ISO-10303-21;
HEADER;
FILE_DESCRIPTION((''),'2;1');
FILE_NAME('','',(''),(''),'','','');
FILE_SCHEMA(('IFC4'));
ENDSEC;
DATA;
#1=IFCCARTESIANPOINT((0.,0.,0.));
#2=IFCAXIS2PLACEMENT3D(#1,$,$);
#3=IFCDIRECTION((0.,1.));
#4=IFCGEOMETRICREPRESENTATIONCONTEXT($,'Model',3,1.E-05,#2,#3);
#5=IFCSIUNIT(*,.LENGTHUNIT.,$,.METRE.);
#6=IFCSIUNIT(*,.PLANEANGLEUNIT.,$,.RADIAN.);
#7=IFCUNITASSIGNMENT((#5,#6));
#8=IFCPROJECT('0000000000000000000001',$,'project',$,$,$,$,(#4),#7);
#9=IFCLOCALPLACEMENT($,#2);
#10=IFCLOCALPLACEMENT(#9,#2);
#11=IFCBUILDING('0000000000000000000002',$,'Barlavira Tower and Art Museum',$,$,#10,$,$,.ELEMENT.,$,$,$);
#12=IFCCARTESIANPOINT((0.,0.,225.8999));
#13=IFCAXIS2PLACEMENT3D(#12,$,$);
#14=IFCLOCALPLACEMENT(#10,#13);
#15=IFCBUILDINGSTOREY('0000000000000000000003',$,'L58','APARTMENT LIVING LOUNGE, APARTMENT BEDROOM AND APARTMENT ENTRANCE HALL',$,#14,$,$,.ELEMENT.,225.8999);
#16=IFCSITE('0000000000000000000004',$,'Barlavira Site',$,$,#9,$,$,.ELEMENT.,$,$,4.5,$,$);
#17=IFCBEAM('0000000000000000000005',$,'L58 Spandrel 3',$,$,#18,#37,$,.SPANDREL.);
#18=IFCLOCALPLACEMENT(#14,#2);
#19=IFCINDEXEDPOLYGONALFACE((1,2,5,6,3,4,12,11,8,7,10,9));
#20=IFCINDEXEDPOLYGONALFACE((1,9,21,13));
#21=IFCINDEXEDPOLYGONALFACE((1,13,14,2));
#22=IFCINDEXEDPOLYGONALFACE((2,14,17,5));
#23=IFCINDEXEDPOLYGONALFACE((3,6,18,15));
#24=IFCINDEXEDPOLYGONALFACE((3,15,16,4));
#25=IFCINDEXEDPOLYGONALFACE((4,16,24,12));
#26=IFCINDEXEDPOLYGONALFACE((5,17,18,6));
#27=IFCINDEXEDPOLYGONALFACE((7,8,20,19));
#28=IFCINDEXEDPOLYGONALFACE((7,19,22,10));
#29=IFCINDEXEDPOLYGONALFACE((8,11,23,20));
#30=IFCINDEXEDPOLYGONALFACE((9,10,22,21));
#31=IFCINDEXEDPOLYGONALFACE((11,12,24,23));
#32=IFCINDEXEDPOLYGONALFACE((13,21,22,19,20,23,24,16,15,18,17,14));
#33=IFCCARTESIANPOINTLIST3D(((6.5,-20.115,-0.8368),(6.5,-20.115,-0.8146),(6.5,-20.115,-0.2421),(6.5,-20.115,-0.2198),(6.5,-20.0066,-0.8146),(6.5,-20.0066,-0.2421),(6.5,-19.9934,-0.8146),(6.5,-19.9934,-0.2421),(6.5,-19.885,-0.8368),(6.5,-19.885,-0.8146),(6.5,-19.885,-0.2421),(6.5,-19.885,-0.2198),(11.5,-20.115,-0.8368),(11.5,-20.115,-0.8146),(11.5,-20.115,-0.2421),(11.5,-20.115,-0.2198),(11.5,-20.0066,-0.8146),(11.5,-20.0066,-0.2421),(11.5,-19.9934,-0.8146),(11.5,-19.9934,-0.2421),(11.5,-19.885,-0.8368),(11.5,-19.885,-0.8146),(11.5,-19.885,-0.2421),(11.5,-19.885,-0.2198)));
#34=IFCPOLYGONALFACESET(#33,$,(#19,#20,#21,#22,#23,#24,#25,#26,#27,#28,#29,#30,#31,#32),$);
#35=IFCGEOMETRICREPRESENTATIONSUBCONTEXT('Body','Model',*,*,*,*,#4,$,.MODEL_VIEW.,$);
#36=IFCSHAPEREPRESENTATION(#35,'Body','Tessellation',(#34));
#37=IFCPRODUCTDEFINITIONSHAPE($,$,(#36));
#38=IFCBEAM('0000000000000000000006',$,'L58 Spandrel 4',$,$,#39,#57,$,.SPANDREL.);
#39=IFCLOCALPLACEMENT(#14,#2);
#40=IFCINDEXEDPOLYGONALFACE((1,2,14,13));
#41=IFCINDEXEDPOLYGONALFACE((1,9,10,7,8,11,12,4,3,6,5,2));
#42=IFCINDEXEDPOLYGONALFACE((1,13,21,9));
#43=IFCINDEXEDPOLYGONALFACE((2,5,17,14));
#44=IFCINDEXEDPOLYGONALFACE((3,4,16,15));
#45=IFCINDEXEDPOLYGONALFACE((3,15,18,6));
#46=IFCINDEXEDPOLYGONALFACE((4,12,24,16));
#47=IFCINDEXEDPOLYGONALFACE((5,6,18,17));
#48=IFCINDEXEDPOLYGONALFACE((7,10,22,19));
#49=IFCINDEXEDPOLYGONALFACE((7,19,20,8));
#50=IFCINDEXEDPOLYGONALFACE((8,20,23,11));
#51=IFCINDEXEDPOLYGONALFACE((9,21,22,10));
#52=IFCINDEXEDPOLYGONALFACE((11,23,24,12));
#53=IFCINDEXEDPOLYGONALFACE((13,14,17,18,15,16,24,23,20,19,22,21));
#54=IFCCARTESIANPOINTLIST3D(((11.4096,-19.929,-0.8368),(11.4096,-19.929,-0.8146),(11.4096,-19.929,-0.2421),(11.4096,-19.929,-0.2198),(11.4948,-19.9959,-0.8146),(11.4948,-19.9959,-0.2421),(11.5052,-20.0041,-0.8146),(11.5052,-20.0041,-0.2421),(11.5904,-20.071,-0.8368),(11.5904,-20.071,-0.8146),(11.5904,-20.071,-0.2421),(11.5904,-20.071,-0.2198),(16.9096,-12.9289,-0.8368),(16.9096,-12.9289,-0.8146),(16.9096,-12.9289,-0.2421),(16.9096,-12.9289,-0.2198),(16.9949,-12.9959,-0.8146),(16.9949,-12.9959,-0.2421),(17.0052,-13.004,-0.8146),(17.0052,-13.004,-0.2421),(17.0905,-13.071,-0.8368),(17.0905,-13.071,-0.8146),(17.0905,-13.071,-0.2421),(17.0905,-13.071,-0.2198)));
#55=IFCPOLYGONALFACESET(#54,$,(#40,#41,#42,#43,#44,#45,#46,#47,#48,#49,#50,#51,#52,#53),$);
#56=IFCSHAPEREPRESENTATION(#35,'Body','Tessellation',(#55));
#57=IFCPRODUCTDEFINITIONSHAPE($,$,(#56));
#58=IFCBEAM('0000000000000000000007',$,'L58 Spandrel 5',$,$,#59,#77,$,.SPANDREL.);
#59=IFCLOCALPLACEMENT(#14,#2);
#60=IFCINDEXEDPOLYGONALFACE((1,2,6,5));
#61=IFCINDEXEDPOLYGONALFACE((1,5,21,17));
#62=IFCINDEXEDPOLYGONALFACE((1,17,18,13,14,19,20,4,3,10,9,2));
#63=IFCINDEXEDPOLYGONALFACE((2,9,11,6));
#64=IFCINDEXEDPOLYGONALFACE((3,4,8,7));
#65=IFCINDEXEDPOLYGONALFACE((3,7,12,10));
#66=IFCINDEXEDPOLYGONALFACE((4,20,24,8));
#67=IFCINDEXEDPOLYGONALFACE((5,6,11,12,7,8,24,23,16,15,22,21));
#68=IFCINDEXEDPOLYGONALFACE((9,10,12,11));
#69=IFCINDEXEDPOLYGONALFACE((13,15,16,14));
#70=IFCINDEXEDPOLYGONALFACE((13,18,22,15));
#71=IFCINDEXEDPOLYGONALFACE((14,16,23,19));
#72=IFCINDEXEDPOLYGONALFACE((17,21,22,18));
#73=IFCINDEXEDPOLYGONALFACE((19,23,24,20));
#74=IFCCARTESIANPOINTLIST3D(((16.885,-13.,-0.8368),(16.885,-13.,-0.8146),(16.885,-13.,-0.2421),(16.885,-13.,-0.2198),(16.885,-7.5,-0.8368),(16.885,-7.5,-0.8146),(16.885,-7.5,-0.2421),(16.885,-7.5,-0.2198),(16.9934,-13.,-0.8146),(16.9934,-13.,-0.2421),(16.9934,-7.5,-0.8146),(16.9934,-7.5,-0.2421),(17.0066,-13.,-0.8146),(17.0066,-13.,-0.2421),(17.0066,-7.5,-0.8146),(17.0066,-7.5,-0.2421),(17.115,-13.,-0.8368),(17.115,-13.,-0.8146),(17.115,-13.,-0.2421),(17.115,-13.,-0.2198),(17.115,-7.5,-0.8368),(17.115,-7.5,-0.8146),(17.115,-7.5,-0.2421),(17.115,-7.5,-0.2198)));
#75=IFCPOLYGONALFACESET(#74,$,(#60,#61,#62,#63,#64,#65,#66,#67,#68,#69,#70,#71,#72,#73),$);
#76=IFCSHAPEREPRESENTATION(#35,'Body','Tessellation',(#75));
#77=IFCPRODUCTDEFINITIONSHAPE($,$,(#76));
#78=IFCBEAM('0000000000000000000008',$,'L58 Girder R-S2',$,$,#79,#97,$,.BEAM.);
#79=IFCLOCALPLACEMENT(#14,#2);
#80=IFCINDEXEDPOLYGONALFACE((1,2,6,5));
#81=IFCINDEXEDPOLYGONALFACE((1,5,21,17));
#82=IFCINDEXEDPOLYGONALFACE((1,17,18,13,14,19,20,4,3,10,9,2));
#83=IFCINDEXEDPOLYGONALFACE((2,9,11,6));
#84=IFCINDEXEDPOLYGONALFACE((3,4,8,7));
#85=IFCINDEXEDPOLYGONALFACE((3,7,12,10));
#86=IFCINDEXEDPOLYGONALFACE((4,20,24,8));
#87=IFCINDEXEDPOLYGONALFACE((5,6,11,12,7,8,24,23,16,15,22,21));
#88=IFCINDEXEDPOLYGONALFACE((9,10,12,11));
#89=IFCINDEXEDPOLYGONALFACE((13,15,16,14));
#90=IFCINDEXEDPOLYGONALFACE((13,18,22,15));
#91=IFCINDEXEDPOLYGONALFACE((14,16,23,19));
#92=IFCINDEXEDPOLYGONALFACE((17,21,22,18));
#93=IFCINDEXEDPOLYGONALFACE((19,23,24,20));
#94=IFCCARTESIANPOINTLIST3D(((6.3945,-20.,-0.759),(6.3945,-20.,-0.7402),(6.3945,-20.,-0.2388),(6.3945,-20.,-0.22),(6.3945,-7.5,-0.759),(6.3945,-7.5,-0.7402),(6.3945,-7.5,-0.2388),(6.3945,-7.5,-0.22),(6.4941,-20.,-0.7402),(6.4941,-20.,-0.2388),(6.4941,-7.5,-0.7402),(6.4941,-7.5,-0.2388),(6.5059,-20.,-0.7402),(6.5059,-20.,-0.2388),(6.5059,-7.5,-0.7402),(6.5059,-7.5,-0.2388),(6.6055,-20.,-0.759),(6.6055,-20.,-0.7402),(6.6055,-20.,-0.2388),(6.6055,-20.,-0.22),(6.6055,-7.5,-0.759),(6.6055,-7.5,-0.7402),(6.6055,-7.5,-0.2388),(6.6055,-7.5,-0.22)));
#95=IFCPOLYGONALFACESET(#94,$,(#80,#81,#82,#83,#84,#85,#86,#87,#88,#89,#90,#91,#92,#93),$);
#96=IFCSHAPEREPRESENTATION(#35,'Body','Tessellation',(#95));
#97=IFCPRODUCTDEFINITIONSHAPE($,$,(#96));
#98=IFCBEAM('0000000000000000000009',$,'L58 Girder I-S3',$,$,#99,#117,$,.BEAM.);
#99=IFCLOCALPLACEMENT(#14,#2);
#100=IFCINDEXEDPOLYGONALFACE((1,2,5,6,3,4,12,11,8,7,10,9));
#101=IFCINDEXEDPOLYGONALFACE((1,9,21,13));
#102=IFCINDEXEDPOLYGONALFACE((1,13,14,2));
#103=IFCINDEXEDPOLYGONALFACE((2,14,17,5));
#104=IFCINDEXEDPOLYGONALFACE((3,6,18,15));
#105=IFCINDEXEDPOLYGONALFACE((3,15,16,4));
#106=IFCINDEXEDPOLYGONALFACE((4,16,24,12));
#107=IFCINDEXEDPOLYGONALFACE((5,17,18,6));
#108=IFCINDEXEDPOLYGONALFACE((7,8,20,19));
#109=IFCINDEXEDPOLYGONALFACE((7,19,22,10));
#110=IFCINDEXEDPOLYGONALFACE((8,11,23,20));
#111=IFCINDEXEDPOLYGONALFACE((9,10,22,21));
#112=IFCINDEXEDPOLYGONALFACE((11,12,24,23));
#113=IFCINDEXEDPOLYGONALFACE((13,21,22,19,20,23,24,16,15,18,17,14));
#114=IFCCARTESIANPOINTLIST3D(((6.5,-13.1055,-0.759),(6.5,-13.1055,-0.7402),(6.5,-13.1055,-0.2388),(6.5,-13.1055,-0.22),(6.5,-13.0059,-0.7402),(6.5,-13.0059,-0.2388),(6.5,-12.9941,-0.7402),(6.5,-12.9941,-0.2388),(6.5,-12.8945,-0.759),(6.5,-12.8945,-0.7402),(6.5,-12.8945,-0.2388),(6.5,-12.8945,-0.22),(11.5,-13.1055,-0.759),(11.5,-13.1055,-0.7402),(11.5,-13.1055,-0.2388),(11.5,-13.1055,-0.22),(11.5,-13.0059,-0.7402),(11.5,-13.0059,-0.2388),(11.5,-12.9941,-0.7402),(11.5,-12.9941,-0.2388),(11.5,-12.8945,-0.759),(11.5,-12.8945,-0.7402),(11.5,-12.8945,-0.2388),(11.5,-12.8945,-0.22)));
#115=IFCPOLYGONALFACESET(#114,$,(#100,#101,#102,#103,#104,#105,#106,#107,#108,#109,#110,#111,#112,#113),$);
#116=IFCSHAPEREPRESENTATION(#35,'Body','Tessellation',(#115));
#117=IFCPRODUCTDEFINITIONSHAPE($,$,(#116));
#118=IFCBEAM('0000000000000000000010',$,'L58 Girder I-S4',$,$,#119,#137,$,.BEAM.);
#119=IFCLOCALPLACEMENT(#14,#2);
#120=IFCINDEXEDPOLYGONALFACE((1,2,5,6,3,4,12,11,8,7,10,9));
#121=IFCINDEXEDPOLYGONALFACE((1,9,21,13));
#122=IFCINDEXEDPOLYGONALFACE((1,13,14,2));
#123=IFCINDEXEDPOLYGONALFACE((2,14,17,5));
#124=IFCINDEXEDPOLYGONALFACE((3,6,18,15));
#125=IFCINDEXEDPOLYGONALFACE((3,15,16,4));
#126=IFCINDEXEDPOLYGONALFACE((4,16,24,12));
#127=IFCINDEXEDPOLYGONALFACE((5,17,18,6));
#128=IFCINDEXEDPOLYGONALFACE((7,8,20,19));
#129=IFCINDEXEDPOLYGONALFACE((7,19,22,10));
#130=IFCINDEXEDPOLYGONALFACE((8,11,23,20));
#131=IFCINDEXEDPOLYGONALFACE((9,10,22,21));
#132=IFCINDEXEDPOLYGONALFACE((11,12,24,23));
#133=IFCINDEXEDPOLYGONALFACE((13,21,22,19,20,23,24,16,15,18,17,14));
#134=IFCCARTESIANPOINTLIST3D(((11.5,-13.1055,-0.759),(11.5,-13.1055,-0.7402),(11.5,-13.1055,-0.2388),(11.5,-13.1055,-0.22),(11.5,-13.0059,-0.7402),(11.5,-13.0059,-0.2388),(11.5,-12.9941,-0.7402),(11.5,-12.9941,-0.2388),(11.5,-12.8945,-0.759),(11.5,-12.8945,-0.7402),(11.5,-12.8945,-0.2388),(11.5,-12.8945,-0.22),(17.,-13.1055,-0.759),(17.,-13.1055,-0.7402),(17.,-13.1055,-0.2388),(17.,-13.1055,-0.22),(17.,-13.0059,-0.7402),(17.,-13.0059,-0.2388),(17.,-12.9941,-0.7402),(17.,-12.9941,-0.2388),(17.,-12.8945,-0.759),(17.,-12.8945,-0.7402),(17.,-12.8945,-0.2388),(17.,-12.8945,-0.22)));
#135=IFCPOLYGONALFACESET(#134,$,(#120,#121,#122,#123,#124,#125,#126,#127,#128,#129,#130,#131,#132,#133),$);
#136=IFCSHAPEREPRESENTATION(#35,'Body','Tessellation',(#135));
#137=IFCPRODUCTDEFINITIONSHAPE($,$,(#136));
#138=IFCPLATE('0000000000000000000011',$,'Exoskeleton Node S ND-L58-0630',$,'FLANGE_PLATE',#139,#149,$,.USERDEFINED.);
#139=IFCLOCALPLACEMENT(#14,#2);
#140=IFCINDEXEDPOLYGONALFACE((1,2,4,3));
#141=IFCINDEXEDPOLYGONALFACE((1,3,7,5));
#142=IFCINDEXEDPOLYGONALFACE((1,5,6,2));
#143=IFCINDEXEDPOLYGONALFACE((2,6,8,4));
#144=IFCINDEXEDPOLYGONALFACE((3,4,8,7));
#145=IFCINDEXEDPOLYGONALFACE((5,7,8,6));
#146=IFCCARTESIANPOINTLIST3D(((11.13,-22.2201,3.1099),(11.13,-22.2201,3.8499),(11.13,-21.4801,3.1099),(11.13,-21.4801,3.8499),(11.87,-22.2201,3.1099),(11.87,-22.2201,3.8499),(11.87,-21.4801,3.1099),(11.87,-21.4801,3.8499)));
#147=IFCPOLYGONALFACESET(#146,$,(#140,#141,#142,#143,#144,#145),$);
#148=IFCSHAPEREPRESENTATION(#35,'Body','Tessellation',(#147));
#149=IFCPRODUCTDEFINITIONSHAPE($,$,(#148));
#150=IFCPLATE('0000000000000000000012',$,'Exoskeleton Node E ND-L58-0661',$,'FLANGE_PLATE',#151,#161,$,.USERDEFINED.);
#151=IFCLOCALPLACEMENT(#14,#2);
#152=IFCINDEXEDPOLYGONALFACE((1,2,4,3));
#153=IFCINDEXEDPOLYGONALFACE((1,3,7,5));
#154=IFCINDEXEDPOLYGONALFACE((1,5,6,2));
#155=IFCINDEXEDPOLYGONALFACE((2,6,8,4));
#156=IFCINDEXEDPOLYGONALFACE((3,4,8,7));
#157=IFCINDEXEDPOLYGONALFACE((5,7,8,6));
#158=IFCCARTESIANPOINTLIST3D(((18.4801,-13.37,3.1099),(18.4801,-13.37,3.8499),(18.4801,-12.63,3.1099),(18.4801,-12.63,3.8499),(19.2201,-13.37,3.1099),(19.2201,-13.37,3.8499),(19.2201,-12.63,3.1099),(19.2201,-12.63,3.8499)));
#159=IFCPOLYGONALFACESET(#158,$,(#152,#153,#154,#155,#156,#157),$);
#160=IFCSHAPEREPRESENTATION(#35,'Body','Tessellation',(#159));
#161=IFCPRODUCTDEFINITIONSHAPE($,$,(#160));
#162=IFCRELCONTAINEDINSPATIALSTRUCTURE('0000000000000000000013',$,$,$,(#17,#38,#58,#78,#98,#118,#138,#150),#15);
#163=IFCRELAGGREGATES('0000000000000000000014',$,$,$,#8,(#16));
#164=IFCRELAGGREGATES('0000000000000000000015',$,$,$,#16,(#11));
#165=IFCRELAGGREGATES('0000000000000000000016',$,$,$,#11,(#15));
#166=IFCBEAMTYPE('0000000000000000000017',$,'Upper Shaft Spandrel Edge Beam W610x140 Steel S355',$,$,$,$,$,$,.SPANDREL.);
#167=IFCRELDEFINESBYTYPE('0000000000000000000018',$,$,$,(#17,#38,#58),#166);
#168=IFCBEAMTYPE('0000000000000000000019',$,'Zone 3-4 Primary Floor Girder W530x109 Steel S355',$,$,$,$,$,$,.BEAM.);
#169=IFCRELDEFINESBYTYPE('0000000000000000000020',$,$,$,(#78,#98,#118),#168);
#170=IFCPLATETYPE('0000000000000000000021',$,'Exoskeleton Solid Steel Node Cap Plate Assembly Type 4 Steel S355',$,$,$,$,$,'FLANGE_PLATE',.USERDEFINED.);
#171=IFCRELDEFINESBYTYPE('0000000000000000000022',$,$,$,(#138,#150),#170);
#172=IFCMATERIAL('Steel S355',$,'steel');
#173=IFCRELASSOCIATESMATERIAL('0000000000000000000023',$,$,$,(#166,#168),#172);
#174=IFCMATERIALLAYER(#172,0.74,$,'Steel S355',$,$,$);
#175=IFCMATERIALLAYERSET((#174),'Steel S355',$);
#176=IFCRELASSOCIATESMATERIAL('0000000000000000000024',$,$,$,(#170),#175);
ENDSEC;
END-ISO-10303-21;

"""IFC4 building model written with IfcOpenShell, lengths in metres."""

from ifc_helpers import new_model, si_unit, direction, frame, origin, origin_2d, place, context, subcontext, project, spatial, rectangle, i_section, extrude, material, layer, layer_set, material_profile, profile_set, type_object, element, save


model = new_model("IFC4")

# Units and contexts
model_context = context("Model", 3, precision=1e-05, world=origin(), true_north=direction((0.0, 1.0)))
body_context = subcontext(model_context, "Body", "Model", "MODEL_VIEW")
ifc_project = project(units=[si_unit("LENGTHUNIT", "METRE"), si_unit("PLANEANGLEUNIT", "RADIAN")], contexts=[model_context])

# Site, building, storey
site_placement = place(None, origin())
site = spatial("IfcSite", under=ifc_project, at=site_placement, Name="Barlavira Site", CompositionType="ELEMENT", RefElevation=4.5)
building_placement = place(site_placement, origin())
building = spatial("IfcBuilding", under=site, at=building_placement, Name="Barlavira Tower and Art Museum", CompositionType="ELEMENT")
storey_placement = place(building_placement, frame((0.0, 0.0, 225.8999)))
storey = spatial("IfcBuildingStorey", under=building, at=storey_placement, Name="L58", Description="APARTMENT LIVING LOUNGE, APARTMENT BEDROOM AND APARTMENT ENTRANCE HALL", CompositionType="ELEMENT", Elevation=225.8999)

# Shared definitions
ifc_material_1 = material(Name="Steel S355", Category="steel")

# Beams
ifc_material_profile_1 = material_profile(ifc_material_1, i_section(OverallWidth=0.23, OverallDepth=0.6169, WebThickness=0.0132, FlangeThickness=0.0222, at=origin_2d()), Name="W610x140.0")
ifc_profile_set_1 = profile_set([ifc_material_profile_1], Name="Steel S355")
beam_type_1 = type_object("IfcBeamType", Name="Upper Shaft Spandrel Edge Beam W610x140 Steel S355", PredefinedType="SPANDREL", material=ifc_profile_set_1)
beam_1_placement = place(storey_placement, frame((6.5, -20.0, -0.5283), z_axis=(1.0, 0.0, 0.0), x_axis=(0.0, 1.0, 0.0)))
element("IfcBeam", 1, at=beam_1_placement, inside=storey, type_object=beam_type_1, Name="L58 Spandrel 3", PredefinedType="SPANDREL", context=body_context, shape_type="SweptSolid", body=[
    extrude(i_section(OverallWidth=0.23, OverallDepth=0.6169, WebThickness=0.0132, FlangeThickness=0.0222, at=origin_2d()), origin(), (0.0, 0.0, 1.0), 5.0),
])
beam_2_placement = place(storey_placement, frame((11.5, -20.0, -0.5283), z_axis=(0.617822, 0.786318, 0.0), x_axis=(-0.786318, 0.617822, 0.0)))
element("IfcBeam", 2, at=beam_2_placement, inside=storey, type_object=beam_type_1, Name="L58 Spandrel 4", PredefinedType="SPANDREL", context=body_context, shape_type="SweptSolid", body=[
    extrude(i_section(OverallWidth=0.23, OverallDepth=0.6169, WebThickness=0.0132, FlangeThickness=0.0222, at=origin_2d()), origin(), (0.0, 0.0, 1.0), 8.9023),
])
beam_3_placement = place(storey_placement, frame((17.0, -13.0, -0.5283), z_axis=(0.0, 1.0, 0.0), x_axis=(-1.0, 0.0, 0.0)))
element("IfcBeam", 3, at=beam_3_placement, inside=storey, type_object=beam_type_1, Name="L58 Spandrel 5", PredefinedType="SPANDREL", context=body_context, shape_type="SweptSolid", body=[
    extrude(i_section(OverallWidth=0.23, OverallDepth=0.6169, WebThickness=0.0132, FlangeThickness=0.0222, at=origin_2d()), origin(), (0.0, 0.0, 1.0), 5.5),
])
ifc_material_profile_2 = material_profile(ifc_material_1, i_section(OverallWidth=0.2109, OverallDepth=0.5391, WebThickness=0.0117, FlangeThickness=0.0188, at=origin_2d()), Name="W530x109.0")
ifc_profile_set_2 = profile_set([ifc_material_profile_2], Name="Steel S355")
beam_type_2 = type_object("IfcBeamType", Name="Zone 3-4 Primary Floor Girder W530x109 Steel S355", PredefinedType="BEAM", material=ifc_profile_set_2)
beam_4_placement = place(storey_placement, frame((6.5, -20.0, -0.4895), z_axis=(0.0, 1.0, 0.0), x_axis=(-1.0, 0.0, 0.0)))
element("IfcBeam", 4, at=beam_4_placement, inside=storey, type_object=beam_type_2, Name="L58 Girder R-S2", PredefinedType="BEAM", context=body_context, shape_type="SweptSolid", body=[
    extrude(i_section(OverallWidth=0.2109, OverallDepth=0.5391, WebThickness=0.0117, FlangeThickness=0.0188, at=origin_2d()), origin(), (0.0, 0.0, 1.0), 12.5),
])
beam_5_placement = place(storey_placement, frame((6.5, -13.0, -0.4895), z_axis=(1.0, 0.0, 0.0), x_axis=(0.0, 1.0, 0.0)))
element("IfcBeam", 5, at=beam_5_placement, inside=storey, type_object=beam_type_2, Name="L58 Girder I-S3", PredefinedType="BEAM", context=body_context, shape_type="SweptSolid", body=[
    extrude(i_section(OverallWidth=0.2109, OverallDepth=0.5391, WebThickness=0.0117, FlangeThickness=0.0188, at=origin_2d()), origin(), (0.0, 0.0, 1.0), 5.0),
])
beam_6_placement = place(storey_placement, frame((11.5, -13.0, -0.4895), z_axis=(1.0, 0.0, 0.0), x_axis=(0.0, 1.0, 0.0)))
element("IfcBeam", 6, at=beam_6_placement, inside=storey, type_object=beam_type_2, Name="L58 Girder I-S4", PredefinedType="BEAM", context=body_context, shape_type="SweptSolid", body=[
    extrude(i_section(OverallWidth=0.2109, OverallDepth=0.5391, WebThickness=0.0117, FlangeThickness=0.0188, at=origin_2d()), origin(), (0.0, 0.0, 1.0), 5.5),
])

# Plates
ifc_layer_1 = layer(ifc_material_1, 0.74, Name="Steel S355")
ifc_layer_set_1 = layer_set([ifc_layer_1], Name="Steel S355")
plate_type = type_object("IfcPlateType", Name="Exoskeleton Solid Steel Node Cap Plate Assembly Type 4 Steel S355", ElementType="FLANGE_PLATE", PredefinedType="USERDEFINED", material=ifc_layer_set_1)
for number, where, z_axis, x_axis, name in (
    (7, (11.5, -21.8501, 3.1099), (0.0, 0.0, 1.0), (1.0, 0.0, 0.0), "Exoskeleton Node S ND-L58-0630"),
    (8, (18.8501, -13.0, 3.1099), (0.0, 0.0, 1.0), (1.0, 0.0, 0.0), "Exoskeleton Node E ND-L58-0661"),
):
    element("IfcPlate", number, at=place(storey_placement, frame(where, z_axis=z_axis, x_axis=x_axis)), inside=storey, type_object=plate_type, Name=name, ObjectType="FLANGE_PLATE", PredefinedType="USERDEFINED", context=body_context, shape_type="SweptSolid", body=[
        extrude(rectangle(XDim=0.74, YDim=0.74, at=origin_2d()), origin(), (0.0, 0.0, 1.0), 0.74),
    ])

save(model, "model.ifc")
